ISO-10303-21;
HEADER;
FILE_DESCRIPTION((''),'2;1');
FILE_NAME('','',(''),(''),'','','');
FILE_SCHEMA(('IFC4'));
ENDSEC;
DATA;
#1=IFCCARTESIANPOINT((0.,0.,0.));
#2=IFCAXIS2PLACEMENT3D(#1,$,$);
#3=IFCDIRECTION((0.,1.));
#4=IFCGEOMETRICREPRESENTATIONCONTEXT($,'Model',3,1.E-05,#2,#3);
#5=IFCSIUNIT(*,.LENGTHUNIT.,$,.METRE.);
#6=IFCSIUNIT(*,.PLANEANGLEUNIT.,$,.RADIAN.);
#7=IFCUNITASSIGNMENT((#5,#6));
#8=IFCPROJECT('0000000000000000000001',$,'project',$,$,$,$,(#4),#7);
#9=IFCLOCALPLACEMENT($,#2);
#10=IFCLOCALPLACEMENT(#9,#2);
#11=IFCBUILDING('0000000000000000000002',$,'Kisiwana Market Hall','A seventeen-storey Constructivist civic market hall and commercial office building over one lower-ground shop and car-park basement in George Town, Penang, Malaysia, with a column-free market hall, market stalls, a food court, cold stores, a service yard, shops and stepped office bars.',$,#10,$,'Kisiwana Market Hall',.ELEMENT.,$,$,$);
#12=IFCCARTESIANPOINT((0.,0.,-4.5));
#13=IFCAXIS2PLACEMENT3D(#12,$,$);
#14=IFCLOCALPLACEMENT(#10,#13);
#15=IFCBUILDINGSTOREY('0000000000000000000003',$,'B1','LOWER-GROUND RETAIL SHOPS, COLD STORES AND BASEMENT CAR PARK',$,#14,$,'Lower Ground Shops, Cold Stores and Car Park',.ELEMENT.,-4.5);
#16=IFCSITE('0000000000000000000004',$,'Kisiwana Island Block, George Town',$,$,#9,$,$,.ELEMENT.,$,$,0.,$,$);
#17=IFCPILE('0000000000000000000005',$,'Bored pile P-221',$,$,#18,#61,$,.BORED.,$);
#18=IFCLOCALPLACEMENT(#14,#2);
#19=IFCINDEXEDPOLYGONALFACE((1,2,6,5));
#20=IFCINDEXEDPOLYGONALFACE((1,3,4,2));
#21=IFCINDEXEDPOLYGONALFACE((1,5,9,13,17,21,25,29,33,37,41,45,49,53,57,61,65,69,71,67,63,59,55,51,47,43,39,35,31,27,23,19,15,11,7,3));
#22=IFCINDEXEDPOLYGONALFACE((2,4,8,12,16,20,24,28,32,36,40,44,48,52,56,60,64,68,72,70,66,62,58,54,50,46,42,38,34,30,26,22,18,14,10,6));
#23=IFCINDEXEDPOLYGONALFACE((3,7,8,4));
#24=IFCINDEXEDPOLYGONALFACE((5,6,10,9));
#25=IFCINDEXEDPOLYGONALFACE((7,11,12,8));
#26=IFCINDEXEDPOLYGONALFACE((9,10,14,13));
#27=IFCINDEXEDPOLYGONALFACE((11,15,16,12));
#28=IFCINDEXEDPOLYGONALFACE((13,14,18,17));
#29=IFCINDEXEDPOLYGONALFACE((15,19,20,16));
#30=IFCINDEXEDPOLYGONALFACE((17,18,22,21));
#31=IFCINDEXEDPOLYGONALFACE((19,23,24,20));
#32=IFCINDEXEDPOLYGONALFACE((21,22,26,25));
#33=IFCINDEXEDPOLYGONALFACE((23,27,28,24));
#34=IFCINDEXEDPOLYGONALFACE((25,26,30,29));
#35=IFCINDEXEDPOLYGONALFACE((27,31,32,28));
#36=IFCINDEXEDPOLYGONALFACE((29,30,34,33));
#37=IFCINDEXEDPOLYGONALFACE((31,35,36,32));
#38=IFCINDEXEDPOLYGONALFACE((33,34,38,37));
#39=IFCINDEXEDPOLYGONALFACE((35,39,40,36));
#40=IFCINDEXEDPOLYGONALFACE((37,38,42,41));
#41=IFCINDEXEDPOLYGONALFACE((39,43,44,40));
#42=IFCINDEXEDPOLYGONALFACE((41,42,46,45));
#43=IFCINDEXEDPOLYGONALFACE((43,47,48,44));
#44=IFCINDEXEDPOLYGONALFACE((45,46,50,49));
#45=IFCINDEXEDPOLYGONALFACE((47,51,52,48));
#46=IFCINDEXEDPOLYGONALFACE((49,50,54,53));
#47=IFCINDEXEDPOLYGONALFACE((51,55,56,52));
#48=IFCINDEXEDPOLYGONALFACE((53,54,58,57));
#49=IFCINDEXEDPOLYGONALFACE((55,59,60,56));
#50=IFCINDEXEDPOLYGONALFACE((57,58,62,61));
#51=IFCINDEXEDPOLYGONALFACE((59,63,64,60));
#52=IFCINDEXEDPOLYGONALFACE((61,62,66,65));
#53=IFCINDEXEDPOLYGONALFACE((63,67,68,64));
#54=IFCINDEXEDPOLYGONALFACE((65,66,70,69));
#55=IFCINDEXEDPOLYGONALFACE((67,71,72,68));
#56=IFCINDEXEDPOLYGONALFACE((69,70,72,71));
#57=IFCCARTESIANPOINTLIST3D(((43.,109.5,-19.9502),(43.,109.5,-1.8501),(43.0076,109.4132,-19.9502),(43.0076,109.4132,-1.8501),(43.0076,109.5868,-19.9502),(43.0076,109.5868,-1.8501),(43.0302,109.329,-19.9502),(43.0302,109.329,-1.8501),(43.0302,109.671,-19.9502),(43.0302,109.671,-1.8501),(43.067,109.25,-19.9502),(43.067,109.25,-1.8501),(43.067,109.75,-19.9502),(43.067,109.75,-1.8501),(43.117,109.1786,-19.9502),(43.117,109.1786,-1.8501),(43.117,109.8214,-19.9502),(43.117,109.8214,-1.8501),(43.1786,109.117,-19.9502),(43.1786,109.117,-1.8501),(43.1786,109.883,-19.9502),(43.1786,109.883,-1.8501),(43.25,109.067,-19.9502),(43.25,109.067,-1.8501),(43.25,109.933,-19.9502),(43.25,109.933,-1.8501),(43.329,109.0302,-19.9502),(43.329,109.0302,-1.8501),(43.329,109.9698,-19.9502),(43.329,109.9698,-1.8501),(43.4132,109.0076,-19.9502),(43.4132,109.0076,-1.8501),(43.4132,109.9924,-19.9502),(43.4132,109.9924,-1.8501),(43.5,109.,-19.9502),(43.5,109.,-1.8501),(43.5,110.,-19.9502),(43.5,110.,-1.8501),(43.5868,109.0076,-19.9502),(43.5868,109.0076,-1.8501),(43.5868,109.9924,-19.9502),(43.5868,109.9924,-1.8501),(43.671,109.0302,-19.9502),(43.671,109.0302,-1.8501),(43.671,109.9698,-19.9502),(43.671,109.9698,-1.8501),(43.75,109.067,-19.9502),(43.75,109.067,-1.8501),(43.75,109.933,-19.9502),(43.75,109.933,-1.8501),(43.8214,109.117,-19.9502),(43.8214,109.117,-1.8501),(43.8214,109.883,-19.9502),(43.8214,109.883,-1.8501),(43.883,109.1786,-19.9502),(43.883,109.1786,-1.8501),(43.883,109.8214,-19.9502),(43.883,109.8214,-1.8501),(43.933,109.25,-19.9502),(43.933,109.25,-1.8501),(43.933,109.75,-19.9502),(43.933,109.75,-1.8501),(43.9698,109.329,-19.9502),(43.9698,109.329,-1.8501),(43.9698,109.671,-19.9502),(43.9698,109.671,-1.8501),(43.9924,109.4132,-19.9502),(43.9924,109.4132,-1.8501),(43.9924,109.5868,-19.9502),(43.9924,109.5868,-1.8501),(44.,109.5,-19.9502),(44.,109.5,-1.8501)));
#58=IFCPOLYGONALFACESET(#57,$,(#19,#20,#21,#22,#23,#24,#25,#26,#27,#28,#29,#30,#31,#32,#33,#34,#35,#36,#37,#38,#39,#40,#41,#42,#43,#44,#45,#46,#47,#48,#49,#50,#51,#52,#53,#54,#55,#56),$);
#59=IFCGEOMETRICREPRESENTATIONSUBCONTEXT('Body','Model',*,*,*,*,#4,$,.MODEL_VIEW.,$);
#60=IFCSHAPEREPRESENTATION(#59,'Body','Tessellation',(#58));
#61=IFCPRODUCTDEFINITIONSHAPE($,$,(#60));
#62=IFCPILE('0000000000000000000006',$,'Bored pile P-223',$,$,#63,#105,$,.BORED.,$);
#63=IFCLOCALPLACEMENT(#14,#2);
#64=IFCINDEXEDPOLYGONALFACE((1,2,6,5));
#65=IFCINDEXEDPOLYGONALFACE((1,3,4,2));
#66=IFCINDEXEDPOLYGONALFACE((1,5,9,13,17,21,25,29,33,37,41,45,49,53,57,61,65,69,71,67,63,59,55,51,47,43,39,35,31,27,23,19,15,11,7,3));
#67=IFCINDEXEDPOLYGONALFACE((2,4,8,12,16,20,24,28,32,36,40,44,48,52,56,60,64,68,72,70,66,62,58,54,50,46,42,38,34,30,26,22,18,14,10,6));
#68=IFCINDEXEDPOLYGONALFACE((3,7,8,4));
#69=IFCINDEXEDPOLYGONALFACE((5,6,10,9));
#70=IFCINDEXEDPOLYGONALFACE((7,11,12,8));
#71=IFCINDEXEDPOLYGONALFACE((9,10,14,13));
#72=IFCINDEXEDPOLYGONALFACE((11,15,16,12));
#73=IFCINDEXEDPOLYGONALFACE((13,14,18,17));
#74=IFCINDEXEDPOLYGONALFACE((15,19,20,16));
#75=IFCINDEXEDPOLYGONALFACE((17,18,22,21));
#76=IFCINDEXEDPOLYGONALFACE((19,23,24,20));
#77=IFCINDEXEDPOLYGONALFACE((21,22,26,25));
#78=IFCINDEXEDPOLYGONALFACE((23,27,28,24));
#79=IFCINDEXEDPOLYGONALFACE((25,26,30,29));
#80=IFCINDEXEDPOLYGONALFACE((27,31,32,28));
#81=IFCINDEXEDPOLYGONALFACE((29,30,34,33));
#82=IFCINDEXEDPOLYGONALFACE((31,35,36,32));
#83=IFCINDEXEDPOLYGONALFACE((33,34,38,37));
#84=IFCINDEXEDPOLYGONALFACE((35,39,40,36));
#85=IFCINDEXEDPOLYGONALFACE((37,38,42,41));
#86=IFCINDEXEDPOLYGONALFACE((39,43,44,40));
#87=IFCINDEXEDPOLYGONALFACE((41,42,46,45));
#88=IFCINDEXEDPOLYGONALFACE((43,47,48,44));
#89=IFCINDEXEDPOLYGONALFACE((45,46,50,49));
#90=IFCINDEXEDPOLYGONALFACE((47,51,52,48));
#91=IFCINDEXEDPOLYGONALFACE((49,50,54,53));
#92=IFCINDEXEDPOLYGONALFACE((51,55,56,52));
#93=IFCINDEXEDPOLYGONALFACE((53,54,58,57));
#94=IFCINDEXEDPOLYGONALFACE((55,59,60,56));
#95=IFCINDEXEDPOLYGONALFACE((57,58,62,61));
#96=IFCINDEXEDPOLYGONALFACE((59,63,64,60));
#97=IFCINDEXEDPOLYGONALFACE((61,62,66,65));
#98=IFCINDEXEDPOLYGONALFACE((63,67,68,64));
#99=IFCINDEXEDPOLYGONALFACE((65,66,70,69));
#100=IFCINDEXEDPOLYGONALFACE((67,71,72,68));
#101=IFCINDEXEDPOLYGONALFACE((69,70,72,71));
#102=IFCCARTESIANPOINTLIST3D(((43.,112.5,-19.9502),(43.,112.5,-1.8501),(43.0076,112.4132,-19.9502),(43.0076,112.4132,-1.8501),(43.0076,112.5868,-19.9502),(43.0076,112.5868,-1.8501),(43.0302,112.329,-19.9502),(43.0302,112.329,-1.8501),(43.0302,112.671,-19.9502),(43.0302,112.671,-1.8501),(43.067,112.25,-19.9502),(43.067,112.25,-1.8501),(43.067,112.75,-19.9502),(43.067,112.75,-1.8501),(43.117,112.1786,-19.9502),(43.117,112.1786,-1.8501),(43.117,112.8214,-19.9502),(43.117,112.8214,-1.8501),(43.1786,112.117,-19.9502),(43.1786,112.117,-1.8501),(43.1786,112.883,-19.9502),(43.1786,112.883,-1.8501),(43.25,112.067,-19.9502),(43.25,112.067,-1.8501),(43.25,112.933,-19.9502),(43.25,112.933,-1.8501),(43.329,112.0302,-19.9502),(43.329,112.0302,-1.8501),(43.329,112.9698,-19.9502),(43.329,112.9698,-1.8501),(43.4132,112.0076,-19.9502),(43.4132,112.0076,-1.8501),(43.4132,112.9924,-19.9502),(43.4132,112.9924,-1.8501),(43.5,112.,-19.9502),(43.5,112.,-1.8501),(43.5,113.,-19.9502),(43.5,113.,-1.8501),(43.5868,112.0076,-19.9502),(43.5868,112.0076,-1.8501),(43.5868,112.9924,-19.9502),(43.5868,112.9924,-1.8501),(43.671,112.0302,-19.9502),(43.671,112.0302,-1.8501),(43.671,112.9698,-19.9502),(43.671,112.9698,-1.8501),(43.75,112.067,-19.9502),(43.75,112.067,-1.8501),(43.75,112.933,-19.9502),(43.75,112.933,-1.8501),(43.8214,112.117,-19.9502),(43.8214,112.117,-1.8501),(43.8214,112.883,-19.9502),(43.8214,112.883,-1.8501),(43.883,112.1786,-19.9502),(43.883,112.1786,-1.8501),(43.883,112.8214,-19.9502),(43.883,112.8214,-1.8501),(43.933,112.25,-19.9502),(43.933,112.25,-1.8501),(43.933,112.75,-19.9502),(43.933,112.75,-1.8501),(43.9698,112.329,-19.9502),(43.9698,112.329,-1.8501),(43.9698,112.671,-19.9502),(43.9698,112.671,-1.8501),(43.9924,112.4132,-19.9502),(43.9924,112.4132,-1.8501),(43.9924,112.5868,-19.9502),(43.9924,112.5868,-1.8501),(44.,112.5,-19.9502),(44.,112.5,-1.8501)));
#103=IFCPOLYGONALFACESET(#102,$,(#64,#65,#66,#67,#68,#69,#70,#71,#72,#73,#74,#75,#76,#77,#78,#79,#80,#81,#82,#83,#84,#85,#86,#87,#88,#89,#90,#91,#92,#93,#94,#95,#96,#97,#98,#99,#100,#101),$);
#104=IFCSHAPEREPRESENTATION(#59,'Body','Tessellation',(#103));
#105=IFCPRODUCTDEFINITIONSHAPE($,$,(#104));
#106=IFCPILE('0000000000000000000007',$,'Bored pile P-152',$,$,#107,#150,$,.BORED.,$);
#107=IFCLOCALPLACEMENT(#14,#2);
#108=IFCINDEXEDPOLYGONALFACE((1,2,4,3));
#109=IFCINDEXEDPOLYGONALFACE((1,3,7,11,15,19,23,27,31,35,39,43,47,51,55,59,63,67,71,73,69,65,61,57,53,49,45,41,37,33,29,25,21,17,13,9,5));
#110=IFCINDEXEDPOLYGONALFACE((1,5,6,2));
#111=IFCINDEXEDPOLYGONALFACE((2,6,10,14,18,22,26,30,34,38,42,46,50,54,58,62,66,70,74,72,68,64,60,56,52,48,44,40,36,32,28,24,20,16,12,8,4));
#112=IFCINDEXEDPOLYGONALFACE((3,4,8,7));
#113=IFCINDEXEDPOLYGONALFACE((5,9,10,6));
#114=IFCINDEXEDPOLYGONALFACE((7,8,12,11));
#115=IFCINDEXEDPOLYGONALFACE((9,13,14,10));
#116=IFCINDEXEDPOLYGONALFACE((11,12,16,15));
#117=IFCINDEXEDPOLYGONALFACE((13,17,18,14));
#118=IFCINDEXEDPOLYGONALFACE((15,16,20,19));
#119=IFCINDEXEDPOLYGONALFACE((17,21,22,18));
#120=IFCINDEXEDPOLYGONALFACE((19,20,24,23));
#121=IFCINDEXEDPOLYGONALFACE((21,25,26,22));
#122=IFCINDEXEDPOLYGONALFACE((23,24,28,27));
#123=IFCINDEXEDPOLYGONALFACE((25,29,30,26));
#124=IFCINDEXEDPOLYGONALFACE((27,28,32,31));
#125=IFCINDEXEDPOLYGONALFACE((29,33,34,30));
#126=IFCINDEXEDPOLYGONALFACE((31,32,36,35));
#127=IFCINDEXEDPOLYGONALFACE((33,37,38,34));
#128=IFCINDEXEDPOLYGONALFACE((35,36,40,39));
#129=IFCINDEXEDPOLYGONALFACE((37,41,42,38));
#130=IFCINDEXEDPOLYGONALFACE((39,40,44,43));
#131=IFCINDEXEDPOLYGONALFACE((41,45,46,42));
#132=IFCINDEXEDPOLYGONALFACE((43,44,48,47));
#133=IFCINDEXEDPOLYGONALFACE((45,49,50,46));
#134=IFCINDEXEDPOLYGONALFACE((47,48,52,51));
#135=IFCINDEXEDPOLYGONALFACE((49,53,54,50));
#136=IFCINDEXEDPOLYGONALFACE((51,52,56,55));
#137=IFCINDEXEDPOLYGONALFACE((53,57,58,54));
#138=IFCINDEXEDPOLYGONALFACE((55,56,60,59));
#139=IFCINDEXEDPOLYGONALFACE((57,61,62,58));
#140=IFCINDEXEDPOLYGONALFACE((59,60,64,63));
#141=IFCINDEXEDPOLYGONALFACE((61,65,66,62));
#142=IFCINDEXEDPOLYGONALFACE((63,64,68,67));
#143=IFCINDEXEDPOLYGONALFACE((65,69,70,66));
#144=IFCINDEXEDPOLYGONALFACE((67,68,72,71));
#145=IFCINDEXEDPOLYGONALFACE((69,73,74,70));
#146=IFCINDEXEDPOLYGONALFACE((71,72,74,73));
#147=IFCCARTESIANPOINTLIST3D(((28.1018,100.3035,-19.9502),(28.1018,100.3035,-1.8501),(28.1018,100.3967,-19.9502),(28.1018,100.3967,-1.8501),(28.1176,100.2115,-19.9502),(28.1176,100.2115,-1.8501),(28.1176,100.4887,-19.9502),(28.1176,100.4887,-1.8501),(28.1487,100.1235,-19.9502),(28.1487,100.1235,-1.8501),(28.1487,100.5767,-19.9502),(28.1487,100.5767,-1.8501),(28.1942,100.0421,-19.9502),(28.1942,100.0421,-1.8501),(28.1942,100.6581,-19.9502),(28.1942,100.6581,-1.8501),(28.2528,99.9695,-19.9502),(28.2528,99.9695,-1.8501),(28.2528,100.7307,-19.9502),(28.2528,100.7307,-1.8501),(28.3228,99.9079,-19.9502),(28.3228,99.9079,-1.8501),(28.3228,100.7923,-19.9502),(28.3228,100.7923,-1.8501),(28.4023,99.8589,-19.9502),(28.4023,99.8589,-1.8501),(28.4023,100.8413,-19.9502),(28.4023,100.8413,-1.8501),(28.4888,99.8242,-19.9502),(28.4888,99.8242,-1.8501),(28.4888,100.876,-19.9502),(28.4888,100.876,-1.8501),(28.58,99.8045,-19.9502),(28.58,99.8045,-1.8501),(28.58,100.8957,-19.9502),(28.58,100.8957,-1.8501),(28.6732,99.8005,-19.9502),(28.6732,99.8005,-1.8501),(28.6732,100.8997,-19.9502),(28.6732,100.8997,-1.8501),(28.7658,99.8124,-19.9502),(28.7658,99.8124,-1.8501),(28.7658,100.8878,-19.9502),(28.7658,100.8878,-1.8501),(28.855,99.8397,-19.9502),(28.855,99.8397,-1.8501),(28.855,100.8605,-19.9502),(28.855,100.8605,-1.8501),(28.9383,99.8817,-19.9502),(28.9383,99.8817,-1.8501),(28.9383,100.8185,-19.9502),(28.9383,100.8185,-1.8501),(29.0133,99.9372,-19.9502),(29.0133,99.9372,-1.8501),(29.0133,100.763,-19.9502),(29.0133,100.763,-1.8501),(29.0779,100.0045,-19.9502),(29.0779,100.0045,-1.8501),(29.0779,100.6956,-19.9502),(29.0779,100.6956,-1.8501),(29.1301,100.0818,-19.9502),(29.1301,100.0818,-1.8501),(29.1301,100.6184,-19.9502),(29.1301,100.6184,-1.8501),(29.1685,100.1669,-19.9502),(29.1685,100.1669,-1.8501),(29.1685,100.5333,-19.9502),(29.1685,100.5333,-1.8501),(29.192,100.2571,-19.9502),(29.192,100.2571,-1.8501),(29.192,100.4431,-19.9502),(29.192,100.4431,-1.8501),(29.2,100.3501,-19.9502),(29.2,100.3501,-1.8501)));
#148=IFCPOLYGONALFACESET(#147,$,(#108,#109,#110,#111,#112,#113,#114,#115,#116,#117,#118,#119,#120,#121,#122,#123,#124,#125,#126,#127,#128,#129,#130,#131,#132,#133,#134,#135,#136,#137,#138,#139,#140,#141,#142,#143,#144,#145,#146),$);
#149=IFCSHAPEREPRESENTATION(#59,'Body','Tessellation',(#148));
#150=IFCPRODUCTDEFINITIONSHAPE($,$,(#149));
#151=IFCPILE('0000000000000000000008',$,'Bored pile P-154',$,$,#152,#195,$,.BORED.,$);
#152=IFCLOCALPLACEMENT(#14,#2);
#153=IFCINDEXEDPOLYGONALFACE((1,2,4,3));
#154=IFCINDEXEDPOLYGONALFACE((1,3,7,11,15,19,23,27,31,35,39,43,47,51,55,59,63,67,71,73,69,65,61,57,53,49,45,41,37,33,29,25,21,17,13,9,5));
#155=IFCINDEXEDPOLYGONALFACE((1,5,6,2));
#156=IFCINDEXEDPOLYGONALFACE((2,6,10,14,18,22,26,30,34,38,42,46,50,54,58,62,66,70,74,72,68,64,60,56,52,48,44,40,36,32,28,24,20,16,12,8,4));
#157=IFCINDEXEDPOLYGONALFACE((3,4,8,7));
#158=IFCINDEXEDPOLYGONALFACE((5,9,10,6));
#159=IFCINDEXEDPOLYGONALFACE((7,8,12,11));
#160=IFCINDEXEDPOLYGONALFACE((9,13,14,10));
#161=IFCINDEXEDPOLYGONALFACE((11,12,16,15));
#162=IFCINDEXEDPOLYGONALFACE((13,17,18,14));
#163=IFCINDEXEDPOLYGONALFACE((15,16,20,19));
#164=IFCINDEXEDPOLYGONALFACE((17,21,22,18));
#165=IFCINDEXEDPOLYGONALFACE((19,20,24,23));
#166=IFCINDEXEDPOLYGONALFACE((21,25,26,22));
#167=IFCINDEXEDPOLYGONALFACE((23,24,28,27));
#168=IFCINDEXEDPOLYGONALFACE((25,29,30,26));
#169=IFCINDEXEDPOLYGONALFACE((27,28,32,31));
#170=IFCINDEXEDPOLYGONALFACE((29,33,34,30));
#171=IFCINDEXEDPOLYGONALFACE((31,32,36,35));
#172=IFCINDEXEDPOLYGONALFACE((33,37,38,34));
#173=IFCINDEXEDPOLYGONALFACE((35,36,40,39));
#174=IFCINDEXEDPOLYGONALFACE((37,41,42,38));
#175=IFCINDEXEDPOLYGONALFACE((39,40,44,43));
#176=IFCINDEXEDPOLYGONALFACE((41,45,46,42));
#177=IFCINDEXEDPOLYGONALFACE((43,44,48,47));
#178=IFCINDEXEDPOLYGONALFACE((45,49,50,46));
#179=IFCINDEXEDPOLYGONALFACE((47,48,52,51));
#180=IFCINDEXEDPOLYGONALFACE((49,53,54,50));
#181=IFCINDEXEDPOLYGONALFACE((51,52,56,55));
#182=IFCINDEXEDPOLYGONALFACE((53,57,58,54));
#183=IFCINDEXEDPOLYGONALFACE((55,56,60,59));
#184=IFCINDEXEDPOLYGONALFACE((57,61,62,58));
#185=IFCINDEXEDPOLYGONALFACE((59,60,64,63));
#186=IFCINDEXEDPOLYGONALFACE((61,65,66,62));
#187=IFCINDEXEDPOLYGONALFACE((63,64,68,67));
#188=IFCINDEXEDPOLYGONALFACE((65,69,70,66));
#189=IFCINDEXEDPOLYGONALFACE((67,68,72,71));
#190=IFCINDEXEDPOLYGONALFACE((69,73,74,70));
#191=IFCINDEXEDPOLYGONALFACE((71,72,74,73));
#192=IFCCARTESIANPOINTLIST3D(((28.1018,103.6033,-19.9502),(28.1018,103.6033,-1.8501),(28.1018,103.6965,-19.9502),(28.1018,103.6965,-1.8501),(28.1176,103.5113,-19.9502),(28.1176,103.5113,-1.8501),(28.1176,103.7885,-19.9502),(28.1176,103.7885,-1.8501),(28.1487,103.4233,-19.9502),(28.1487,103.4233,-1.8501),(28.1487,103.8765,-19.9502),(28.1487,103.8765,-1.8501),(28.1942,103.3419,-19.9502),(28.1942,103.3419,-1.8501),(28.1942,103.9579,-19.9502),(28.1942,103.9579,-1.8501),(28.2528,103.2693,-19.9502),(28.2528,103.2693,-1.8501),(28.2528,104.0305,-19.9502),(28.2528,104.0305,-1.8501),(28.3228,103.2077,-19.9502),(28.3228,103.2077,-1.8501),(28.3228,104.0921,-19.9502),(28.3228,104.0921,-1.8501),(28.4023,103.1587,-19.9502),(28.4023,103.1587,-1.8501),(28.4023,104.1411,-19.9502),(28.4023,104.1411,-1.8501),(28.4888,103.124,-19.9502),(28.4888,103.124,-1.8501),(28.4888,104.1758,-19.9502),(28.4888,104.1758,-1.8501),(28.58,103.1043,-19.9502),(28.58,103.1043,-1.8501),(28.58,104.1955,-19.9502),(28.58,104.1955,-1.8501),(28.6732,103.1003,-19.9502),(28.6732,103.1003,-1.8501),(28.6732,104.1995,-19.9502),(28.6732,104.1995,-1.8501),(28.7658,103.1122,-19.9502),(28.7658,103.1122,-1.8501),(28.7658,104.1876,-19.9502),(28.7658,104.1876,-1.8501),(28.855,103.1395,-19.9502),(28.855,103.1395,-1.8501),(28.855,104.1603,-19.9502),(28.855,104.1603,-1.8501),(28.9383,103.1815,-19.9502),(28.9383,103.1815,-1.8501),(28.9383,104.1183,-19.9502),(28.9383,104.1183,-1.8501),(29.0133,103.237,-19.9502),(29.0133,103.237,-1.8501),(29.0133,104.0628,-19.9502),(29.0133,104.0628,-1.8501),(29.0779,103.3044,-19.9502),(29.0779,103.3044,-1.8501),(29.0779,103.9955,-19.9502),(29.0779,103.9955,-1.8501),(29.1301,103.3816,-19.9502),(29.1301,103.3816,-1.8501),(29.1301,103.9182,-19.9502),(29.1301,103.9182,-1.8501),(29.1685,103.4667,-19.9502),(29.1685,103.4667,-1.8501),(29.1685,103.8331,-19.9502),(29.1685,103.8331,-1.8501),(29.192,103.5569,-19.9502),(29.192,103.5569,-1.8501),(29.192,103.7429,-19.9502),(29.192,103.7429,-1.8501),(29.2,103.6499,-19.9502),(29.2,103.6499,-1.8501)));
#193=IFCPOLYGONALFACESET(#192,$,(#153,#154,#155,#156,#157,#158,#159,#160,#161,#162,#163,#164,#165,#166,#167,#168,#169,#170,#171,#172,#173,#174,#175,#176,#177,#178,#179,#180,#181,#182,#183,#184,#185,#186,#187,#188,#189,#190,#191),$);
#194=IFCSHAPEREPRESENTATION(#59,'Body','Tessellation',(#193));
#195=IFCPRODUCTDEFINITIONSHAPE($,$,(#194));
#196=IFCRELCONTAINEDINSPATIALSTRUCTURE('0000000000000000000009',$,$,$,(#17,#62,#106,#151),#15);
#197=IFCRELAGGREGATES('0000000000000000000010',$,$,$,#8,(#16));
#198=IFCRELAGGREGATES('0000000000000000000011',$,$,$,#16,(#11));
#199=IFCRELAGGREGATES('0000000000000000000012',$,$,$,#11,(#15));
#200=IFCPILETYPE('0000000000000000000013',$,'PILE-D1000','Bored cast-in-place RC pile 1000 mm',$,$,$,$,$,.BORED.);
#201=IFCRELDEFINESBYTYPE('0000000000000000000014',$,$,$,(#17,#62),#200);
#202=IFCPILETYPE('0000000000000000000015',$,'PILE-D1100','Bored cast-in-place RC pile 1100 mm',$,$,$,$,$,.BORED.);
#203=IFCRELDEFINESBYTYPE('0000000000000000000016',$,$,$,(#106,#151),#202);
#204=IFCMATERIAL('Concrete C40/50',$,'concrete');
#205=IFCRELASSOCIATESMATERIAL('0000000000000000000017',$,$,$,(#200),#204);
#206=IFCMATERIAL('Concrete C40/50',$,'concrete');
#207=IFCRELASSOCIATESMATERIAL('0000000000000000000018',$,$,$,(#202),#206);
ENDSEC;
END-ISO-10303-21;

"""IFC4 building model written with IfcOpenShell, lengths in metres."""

from ifc_helpers import new_model, si_unit, direction, frame, origin, origin_2d, place, context, subcontext, project, spatial, circle, extrude, material, material_profile, profile_set, type_object, element, save


model = new_model("IFC4")

# Units and contexts
model_context = context("Model", 3, precision=1e-05, world=origin(), true_north=direction((0.0, 1.0)))
body_context = subcontext(model_context, "Body", "Model", "MODEL_VIEW")
ifc_project = project(units=[si_unit("LENGTHUNIT", "METRE"), si_unit("PLANEANGLEUNIT", "RADIAN")], contexts=[model_context])

# Site, building, storey
site_placement = place(None, origin())
site = spatial("IfcSite", under=ifc_project, at=site_placement, Name="Kisiwana Island Block, George Town", CompositionType="ELEMENT", RefElevation=0.0)
building_placement = place(site_placement, origin())
building = spatial("IfcBuilding", under=site, at=building_placement, Name="Kisiwana Market Hall", Description="A seventeen-storey Constructivist civic market hall and commercial office building over one lower-ground shop and car-park basement in George Town, Penang, Malaysia, with a column-free market hall, market stalls, a food court, cold stores, a service yard, shops and stepped office bars.", LongName="Kisiwana Market Hall", CompositionType="ELEMENT")
storey_placement = place(building_placement, frame((0.0, 0.0, -4.5)))
storey = spatial("IfcBuildingStorey", under=building, at=storey_placement, Name="B1", Description="LOWER-GROUND RETAIL SHOPS, COLD STORES AND BASEMENT CAR PARK", LongName="Lower Ground Shops, Cold Stores and Car Park", CompositionType="ELEMENT", Elevation=-4.5)

# Piles
ifc_material_1 = material(Name="Concrete C40/50", Category="concrete")
ifc_material_profile_1 = material_profile(ifc_material_1, circle(Radius=0.5, at=origin_2d()), Name="BP D1000")
ifc_profile_set_1 = profile_set([ifc_material_profile_1], Name="Concrete C40/50")
pile_type_1 = type_object("IfcPileType", Name="PILE-D1000", Description="Bored cast-in-place RC pile 1000 mm", PredefinedType="BORED", material=ifc_profile_set_1)
for number, where, z_axis, x_axis, name in (
    (1, (43.5, 109.5, -1.8501), (0.0, 0.0, -1.0), (1.0, 0.0, 0.0), "Bored pile P-221"),
    (2, (43.5, 112.5, -1.8501), (0.0, 0.0, -1.0), (1.0, 0.0, 0.0), "Bored pile P-223"),
):
    element("IfcPile", number, at=place(storey_placement, frame(where, z_axis=z_axis, x_axis=x_axis)), inside=storey, type_object=pile_type_1, Name=name, PredefinedType="BORED", context=body_context, shape_type="SweptSolid", body=[
        extrude(circle(Radius=0.5, at=origin_2d()), origin(), (0.0, 0.0, 1.0), 18.1001),
    ])
ifc_material_2 = material(Name="Concrete C40/50", Category="concrete")
ifc_material_profile_2 = material_profile(ifc_material_2, circle(Radius=0.55, at=origin_2d()), Name="BP D1100")
ifc_profile_set_2 = profile_set([ifc_material_profile_2], Name="Concrete C40/50")
pile_type_2 = type_object("IfcPileType", Name="PILE-D1100", Description="Bored cast-in-place RC pile 1100 mm", PredefinedType="BORED", material=ifc_profile_set_2)
for number, where, z_axis, x_axis, name in (
    (3, (28.6499, 100.3501, -1.8501), (0.0, 0.0, -1.0), (1.0, 0.0, 0.0), "Bored pile P-152"),
    (4, (28.6499, 103.6499, -1.8501), (0.0, 0.0, -1.0), (1.0, 0.0, 0.0), "Bored pile P-154"),
):
    element("IfcPile", number, at=place(storey_placement, frame(where, z_axis=z_axis, x_axis=x_axis)), inside=storey, type_object=pile_type_2, Name=name, PredefinedType="BORED", context=body_context, shape_type="SweptSolid", body=[
        extrude(circle(Radius=0.55, at=origin_2d()), origin(), (0.0, 0.0, 1.0), 18.1001),
    ])

save(model, "model.ifc")
